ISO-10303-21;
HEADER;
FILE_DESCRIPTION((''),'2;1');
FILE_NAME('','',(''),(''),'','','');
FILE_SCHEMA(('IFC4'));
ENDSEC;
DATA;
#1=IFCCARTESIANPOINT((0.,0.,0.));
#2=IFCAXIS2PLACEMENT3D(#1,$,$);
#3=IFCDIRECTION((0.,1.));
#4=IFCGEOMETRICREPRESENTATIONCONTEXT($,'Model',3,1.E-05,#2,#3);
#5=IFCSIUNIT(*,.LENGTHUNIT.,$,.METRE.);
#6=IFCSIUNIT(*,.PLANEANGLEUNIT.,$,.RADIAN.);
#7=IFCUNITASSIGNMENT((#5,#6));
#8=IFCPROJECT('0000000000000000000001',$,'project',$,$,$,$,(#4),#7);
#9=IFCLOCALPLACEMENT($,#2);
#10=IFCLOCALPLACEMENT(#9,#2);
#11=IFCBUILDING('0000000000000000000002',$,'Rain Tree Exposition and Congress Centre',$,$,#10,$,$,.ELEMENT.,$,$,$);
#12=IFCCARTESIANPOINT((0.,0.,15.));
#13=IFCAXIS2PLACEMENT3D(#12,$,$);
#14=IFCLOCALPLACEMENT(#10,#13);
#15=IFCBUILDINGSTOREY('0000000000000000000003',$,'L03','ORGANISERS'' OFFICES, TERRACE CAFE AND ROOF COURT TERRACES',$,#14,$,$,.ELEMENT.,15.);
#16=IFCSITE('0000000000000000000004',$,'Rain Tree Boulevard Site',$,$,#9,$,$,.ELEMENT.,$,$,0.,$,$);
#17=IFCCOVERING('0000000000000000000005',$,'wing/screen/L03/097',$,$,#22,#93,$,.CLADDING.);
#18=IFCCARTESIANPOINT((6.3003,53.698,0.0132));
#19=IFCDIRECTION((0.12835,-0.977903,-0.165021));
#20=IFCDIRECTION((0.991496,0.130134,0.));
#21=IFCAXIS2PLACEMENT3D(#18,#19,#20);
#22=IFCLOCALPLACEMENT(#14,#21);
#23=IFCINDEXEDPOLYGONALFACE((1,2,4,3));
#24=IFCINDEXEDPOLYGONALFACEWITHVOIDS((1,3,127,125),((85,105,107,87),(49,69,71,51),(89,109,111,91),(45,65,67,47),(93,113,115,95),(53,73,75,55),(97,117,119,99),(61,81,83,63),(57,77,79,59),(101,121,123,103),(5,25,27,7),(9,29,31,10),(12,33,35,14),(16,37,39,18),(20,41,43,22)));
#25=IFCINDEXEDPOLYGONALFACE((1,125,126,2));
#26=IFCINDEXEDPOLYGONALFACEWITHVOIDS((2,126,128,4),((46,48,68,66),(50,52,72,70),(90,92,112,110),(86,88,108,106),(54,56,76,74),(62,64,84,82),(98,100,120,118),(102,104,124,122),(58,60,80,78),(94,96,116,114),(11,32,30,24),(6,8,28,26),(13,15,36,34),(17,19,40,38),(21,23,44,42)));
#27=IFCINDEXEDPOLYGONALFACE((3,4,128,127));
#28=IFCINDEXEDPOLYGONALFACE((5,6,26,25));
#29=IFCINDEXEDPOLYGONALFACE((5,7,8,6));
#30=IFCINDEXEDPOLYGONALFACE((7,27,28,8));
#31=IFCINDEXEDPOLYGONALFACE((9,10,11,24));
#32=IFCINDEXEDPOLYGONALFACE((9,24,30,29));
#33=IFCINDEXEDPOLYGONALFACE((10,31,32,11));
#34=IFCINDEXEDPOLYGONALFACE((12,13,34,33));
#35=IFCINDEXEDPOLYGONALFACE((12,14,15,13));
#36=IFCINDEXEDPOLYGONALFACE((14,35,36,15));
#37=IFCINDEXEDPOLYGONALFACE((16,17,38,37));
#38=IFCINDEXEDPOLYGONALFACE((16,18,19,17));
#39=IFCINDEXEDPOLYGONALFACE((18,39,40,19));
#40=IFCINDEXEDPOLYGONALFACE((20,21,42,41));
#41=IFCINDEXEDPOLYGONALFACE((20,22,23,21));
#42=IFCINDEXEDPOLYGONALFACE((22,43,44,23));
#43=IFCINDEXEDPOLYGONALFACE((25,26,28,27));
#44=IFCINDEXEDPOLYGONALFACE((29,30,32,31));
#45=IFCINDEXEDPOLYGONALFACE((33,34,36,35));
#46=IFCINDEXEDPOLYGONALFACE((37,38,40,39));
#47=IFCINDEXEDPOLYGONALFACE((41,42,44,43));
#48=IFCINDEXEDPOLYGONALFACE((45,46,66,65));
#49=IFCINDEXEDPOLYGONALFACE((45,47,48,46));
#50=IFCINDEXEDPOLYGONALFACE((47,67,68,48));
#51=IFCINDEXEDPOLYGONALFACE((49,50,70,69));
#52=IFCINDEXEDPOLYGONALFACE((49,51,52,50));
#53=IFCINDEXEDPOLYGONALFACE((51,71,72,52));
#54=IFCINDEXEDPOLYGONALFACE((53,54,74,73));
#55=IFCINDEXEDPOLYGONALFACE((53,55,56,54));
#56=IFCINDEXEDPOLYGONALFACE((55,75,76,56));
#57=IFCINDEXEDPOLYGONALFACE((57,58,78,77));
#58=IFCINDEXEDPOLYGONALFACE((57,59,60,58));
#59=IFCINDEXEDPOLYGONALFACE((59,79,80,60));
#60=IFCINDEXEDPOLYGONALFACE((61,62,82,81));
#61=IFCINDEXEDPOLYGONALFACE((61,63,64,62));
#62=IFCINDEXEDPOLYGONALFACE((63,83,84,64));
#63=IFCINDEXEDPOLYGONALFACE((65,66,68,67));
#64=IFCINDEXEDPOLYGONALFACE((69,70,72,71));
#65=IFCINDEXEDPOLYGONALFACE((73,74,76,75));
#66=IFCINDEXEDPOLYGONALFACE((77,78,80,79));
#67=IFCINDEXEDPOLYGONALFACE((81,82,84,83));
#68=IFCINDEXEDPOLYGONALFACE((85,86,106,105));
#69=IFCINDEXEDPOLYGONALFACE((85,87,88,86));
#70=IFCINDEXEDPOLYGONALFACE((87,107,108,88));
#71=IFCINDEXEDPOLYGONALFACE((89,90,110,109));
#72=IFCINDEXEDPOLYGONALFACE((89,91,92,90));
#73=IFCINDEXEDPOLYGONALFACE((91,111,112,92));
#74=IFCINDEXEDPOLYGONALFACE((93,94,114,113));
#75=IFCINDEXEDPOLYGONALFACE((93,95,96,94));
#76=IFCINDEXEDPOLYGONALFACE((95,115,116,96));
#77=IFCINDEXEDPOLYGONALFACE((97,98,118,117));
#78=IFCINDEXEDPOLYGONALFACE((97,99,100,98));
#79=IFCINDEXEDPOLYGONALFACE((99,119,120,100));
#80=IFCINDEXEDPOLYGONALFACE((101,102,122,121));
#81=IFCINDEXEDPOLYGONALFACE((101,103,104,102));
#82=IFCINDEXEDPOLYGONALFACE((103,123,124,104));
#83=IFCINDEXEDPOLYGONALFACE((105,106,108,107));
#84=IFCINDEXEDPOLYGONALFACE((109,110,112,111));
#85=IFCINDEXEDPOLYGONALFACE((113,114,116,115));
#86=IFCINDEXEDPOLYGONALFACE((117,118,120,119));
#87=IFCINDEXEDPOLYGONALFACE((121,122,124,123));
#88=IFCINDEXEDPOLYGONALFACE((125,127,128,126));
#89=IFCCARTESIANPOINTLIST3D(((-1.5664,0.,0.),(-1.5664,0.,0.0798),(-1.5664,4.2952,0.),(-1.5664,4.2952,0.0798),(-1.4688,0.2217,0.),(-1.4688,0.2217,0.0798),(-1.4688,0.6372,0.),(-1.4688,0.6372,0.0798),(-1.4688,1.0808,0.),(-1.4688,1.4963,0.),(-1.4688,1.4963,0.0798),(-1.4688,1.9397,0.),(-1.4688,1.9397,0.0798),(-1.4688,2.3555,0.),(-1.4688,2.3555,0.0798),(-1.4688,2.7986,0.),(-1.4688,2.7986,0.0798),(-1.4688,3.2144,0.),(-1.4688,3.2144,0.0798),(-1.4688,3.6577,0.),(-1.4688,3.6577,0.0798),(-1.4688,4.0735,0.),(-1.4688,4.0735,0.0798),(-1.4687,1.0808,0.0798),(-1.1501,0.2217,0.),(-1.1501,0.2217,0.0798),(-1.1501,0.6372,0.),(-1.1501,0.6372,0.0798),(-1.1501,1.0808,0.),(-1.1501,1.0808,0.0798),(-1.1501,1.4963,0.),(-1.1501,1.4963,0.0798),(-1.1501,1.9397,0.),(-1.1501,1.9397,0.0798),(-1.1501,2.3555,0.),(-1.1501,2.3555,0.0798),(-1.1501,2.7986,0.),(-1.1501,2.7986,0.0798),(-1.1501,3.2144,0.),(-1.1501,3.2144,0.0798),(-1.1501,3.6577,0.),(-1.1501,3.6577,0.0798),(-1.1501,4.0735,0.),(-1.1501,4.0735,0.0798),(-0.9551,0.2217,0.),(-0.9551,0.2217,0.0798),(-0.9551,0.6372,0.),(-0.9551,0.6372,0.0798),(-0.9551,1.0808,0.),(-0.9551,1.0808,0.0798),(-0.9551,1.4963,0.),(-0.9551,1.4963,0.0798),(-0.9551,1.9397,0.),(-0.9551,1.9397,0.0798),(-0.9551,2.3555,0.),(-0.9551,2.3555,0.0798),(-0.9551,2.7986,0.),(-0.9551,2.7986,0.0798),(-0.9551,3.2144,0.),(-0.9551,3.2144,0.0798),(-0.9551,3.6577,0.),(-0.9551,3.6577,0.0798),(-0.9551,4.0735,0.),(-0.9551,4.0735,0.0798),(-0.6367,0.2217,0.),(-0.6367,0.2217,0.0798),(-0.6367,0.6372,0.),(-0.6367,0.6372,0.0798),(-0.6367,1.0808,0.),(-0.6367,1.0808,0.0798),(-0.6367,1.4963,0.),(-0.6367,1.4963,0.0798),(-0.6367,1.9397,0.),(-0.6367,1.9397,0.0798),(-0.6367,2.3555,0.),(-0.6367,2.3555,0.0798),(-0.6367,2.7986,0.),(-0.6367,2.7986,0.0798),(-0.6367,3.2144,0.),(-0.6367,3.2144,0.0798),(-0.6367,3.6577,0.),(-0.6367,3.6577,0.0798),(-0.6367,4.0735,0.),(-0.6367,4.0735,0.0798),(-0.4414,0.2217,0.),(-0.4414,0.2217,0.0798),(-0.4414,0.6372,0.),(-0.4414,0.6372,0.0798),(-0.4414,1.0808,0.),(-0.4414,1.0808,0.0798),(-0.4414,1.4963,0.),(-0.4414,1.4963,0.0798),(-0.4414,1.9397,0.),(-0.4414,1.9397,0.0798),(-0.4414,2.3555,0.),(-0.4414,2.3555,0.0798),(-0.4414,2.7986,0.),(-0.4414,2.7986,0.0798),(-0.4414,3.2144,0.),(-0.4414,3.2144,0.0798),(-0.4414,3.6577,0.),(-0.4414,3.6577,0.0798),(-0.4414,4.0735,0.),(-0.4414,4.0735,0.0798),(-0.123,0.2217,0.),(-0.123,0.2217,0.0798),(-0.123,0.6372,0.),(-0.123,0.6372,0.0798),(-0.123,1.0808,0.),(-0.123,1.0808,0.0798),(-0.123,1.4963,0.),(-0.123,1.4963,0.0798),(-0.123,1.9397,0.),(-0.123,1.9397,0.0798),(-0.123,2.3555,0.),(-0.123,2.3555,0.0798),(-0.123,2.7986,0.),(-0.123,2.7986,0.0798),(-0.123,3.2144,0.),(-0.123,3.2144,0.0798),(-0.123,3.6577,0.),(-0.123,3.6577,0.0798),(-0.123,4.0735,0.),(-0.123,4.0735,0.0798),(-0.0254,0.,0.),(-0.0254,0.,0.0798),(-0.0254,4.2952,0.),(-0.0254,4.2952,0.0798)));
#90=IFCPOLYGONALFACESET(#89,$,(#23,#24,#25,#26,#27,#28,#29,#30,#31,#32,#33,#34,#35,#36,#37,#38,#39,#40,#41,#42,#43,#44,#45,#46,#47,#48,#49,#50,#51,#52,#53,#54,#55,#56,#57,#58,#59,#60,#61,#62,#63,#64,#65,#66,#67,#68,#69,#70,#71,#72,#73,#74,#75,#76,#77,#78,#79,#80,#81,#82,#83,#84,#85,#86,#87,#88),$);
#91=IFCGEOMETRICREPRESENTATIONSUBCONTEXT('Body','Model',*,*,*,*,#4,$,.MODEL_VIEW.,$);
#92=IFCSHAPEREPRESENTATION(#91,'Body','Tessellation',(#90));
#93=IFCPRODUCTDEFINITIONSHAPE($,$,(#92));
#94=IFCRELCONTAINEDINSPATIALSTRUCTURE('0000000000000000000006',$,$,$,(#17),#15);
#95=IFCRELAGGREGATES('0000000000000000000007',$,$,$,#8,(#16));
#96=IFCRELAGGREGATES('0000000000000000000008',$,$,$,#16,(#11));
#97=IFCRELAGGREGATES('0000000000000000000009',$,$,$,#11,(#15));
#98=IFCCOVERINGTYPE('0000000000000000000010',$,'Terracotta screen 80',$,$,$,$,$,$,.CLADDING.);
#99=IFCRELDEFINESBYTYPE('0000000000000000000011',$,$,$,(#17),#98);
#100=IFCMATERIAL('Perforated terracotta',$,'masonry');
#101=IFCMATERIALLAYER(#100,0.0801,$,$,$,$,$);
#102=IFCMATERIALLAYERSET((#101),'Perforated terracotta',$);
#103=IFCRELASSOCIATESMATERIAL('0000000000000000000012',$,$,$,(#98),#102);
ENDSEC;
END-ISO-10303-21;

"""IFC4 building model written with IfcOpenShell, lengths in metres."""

from ifc_helpers import new_model, si_unit, direction, frame, origin, place, context, subcontext, project, spatial, polyline, outline, extrude, material, layer, layer_set, type_object, element, save


model = new_model("IFC4")

# Units and contexts
model_context = context("Model", 3, precision=1e-05, world=origin(), true_north=direction((0.0, 1.0)))
body_context = subcontext(model_context, "Body", "Model", "MODEL_VIEW")
ifc_project = project(units=[si_unit("LENGTHUNIT", "METRE"), si_unit("PLANEANGLEUNIT", "RADIAN")], contexts=[model_context])

# Site, building, storey
site_placement = place(None, origin())
site = spatial("IfcSite", under=ifc_project, at=site_placement, Name="Rain Tree Boulevard Site", CompositionType="ELEMENT", RefElevation=0.0)
building_placement = place(site_placement, origin())
building = spatial("IfcBuilding", under=site, at=building_placement, Name="Rain Tree Exposition and Congress Centre", CompositionType="ELEMENT")
storey_placement = place(building_placement, frame((0.0, 0.0, 15.0)))
storey = spatial("IfcBuildingStorey", under=building, at=storey_placement, Name="L03", Description="ORGANISERS' OFFICES, TERRACE CAFE AND ROOF COURT TERRACES", CompositionType="ELEMENT", Elevation=15.0)

# Covering
ifc_material_1 = material(Name="Perforated terracotta", Category="masonry")
ifc_layer_1 = layer(ifc_material_1, 0.0801)
ifc_layer_set_1 = layer_set([ifc_layer_1], Name="Perforated terracotta")
covering_type_1 = type_object("IfcCoveringType", Name="Terracotta screen 80", PredefinedType="CLADDING", material=ifc_layer_set_1)
covering_1_placement = place(storey_placement, frame((6.3003, 53.698, 0.0132), z_axis=(0.12835, -0.977903, -0.165021), x_axis=(0.991496, 0.130134, 0.0)))
element("IfcCovering", 1, at=covering_1_placement, inside=storey, type_object=covering_type_1, Name="wing/screen/L03/097", PredefinedType="CLADDING", context=body_context, shape_type="SweptSolid", body=[
    extrude(outline(polyline([(-1.5664, 0.0), (-1.5664, 4.2952), (-0.0254, 4.2952), (-0.0254, 0.0), (-1.5664, 0.0)]), holes=[polyline([(-0.123, 0.2217), (-0.123, 0.6372), (-0.4414, 0.6372), (-0.4414, 0.2217), (-0.123, 0.2217)]), polyline([(-0.123, 1.0808), (-0.123, 1.4963), (-0.4414, 1.4963), (-0.4414, 1.0808), (-0.123, 1.0808)]), polyline([(-0.123, 1.9397), (-0.123, 2.3555), (-0.4414, 2.3555), (-0.4414, 1.9397), (-0.123, 1.9397)]), polyline([(-0.123, 2.7986), (-0.123, 3.2144), (-0.4414, 3.2144), (-0.4414, 2.7986), (-0.123, 2.7986)]), polyline([(-0.123, 3.6577), (-0.123, 4.0735), (-0.4414, 4.0735), (-0.4414, 3.6577), (-0.123, 3.6577)]), polyline([(-0.6367, 0.2217), (-0.6367, 0.6372), (-0.9551, 0.6372), (-0.9551, 0.2217), (-0.6367, 0.2217)]), polyline([(-0.6367, 1.0808), (-0.6367, 1.4963), (-0.9551, 1.4963), (-0.9551, 1.0808), (-0.6367, 1.0808)]), polyline([(-0.6367, 1.9397), (-0.6367, 2.3555), (-0.9551, 2.3555), (-0.9551, 1.9397), (-0.6367, 1.9397)]), polyline([(-0.6367, 2.7986), (-0.6367, 3.2144), (-0.9551, 3.2144), (-0.9551, 2.7986), (-0.6367, 2.7986)]), polyline([(-0.6367, 3.6577), (-0.6367, 4.0735), (-0.9551, 4.0735), (-0.9551, 3.6577), (-0.6367, 3.6577)]), polyline([(-1.1501, 0.2217), (-1.1501, 0.6372), (-1.4688, 0.6372), (-1.4688, 0.2217), (-1.1501, 0.2217)]), polyline([(-1.1501, 1.0808), (-1.1501, 1.4963), (-1.4688, 1.4963), (-1.4688, 1.0808), (-1.1501, 1.0808)]), polyline([(-1.1501, 1.9397), (-1.1501, 2.3555), (-1.4688, 2.3555), (-1.4688, 1.9397), (-1.1501, 1.9397)]), polyline([(-1.1501, 2.7986), (-1.1501, 3.2144), (-1.4688, 3.2144), (-1.4688, 2.7986), (-1.1501, 2.7986)]), polyline([(-1.1501, 3.6577), (-1.1501, 4.0735), (-1.4688, 4.0735), (-1.4688, 3.6577), (-1.1501, 3.6577)])]), origin(), (0.0, 0.0, 1.0), 0.0798),
])

save(model, "model.ifc")
